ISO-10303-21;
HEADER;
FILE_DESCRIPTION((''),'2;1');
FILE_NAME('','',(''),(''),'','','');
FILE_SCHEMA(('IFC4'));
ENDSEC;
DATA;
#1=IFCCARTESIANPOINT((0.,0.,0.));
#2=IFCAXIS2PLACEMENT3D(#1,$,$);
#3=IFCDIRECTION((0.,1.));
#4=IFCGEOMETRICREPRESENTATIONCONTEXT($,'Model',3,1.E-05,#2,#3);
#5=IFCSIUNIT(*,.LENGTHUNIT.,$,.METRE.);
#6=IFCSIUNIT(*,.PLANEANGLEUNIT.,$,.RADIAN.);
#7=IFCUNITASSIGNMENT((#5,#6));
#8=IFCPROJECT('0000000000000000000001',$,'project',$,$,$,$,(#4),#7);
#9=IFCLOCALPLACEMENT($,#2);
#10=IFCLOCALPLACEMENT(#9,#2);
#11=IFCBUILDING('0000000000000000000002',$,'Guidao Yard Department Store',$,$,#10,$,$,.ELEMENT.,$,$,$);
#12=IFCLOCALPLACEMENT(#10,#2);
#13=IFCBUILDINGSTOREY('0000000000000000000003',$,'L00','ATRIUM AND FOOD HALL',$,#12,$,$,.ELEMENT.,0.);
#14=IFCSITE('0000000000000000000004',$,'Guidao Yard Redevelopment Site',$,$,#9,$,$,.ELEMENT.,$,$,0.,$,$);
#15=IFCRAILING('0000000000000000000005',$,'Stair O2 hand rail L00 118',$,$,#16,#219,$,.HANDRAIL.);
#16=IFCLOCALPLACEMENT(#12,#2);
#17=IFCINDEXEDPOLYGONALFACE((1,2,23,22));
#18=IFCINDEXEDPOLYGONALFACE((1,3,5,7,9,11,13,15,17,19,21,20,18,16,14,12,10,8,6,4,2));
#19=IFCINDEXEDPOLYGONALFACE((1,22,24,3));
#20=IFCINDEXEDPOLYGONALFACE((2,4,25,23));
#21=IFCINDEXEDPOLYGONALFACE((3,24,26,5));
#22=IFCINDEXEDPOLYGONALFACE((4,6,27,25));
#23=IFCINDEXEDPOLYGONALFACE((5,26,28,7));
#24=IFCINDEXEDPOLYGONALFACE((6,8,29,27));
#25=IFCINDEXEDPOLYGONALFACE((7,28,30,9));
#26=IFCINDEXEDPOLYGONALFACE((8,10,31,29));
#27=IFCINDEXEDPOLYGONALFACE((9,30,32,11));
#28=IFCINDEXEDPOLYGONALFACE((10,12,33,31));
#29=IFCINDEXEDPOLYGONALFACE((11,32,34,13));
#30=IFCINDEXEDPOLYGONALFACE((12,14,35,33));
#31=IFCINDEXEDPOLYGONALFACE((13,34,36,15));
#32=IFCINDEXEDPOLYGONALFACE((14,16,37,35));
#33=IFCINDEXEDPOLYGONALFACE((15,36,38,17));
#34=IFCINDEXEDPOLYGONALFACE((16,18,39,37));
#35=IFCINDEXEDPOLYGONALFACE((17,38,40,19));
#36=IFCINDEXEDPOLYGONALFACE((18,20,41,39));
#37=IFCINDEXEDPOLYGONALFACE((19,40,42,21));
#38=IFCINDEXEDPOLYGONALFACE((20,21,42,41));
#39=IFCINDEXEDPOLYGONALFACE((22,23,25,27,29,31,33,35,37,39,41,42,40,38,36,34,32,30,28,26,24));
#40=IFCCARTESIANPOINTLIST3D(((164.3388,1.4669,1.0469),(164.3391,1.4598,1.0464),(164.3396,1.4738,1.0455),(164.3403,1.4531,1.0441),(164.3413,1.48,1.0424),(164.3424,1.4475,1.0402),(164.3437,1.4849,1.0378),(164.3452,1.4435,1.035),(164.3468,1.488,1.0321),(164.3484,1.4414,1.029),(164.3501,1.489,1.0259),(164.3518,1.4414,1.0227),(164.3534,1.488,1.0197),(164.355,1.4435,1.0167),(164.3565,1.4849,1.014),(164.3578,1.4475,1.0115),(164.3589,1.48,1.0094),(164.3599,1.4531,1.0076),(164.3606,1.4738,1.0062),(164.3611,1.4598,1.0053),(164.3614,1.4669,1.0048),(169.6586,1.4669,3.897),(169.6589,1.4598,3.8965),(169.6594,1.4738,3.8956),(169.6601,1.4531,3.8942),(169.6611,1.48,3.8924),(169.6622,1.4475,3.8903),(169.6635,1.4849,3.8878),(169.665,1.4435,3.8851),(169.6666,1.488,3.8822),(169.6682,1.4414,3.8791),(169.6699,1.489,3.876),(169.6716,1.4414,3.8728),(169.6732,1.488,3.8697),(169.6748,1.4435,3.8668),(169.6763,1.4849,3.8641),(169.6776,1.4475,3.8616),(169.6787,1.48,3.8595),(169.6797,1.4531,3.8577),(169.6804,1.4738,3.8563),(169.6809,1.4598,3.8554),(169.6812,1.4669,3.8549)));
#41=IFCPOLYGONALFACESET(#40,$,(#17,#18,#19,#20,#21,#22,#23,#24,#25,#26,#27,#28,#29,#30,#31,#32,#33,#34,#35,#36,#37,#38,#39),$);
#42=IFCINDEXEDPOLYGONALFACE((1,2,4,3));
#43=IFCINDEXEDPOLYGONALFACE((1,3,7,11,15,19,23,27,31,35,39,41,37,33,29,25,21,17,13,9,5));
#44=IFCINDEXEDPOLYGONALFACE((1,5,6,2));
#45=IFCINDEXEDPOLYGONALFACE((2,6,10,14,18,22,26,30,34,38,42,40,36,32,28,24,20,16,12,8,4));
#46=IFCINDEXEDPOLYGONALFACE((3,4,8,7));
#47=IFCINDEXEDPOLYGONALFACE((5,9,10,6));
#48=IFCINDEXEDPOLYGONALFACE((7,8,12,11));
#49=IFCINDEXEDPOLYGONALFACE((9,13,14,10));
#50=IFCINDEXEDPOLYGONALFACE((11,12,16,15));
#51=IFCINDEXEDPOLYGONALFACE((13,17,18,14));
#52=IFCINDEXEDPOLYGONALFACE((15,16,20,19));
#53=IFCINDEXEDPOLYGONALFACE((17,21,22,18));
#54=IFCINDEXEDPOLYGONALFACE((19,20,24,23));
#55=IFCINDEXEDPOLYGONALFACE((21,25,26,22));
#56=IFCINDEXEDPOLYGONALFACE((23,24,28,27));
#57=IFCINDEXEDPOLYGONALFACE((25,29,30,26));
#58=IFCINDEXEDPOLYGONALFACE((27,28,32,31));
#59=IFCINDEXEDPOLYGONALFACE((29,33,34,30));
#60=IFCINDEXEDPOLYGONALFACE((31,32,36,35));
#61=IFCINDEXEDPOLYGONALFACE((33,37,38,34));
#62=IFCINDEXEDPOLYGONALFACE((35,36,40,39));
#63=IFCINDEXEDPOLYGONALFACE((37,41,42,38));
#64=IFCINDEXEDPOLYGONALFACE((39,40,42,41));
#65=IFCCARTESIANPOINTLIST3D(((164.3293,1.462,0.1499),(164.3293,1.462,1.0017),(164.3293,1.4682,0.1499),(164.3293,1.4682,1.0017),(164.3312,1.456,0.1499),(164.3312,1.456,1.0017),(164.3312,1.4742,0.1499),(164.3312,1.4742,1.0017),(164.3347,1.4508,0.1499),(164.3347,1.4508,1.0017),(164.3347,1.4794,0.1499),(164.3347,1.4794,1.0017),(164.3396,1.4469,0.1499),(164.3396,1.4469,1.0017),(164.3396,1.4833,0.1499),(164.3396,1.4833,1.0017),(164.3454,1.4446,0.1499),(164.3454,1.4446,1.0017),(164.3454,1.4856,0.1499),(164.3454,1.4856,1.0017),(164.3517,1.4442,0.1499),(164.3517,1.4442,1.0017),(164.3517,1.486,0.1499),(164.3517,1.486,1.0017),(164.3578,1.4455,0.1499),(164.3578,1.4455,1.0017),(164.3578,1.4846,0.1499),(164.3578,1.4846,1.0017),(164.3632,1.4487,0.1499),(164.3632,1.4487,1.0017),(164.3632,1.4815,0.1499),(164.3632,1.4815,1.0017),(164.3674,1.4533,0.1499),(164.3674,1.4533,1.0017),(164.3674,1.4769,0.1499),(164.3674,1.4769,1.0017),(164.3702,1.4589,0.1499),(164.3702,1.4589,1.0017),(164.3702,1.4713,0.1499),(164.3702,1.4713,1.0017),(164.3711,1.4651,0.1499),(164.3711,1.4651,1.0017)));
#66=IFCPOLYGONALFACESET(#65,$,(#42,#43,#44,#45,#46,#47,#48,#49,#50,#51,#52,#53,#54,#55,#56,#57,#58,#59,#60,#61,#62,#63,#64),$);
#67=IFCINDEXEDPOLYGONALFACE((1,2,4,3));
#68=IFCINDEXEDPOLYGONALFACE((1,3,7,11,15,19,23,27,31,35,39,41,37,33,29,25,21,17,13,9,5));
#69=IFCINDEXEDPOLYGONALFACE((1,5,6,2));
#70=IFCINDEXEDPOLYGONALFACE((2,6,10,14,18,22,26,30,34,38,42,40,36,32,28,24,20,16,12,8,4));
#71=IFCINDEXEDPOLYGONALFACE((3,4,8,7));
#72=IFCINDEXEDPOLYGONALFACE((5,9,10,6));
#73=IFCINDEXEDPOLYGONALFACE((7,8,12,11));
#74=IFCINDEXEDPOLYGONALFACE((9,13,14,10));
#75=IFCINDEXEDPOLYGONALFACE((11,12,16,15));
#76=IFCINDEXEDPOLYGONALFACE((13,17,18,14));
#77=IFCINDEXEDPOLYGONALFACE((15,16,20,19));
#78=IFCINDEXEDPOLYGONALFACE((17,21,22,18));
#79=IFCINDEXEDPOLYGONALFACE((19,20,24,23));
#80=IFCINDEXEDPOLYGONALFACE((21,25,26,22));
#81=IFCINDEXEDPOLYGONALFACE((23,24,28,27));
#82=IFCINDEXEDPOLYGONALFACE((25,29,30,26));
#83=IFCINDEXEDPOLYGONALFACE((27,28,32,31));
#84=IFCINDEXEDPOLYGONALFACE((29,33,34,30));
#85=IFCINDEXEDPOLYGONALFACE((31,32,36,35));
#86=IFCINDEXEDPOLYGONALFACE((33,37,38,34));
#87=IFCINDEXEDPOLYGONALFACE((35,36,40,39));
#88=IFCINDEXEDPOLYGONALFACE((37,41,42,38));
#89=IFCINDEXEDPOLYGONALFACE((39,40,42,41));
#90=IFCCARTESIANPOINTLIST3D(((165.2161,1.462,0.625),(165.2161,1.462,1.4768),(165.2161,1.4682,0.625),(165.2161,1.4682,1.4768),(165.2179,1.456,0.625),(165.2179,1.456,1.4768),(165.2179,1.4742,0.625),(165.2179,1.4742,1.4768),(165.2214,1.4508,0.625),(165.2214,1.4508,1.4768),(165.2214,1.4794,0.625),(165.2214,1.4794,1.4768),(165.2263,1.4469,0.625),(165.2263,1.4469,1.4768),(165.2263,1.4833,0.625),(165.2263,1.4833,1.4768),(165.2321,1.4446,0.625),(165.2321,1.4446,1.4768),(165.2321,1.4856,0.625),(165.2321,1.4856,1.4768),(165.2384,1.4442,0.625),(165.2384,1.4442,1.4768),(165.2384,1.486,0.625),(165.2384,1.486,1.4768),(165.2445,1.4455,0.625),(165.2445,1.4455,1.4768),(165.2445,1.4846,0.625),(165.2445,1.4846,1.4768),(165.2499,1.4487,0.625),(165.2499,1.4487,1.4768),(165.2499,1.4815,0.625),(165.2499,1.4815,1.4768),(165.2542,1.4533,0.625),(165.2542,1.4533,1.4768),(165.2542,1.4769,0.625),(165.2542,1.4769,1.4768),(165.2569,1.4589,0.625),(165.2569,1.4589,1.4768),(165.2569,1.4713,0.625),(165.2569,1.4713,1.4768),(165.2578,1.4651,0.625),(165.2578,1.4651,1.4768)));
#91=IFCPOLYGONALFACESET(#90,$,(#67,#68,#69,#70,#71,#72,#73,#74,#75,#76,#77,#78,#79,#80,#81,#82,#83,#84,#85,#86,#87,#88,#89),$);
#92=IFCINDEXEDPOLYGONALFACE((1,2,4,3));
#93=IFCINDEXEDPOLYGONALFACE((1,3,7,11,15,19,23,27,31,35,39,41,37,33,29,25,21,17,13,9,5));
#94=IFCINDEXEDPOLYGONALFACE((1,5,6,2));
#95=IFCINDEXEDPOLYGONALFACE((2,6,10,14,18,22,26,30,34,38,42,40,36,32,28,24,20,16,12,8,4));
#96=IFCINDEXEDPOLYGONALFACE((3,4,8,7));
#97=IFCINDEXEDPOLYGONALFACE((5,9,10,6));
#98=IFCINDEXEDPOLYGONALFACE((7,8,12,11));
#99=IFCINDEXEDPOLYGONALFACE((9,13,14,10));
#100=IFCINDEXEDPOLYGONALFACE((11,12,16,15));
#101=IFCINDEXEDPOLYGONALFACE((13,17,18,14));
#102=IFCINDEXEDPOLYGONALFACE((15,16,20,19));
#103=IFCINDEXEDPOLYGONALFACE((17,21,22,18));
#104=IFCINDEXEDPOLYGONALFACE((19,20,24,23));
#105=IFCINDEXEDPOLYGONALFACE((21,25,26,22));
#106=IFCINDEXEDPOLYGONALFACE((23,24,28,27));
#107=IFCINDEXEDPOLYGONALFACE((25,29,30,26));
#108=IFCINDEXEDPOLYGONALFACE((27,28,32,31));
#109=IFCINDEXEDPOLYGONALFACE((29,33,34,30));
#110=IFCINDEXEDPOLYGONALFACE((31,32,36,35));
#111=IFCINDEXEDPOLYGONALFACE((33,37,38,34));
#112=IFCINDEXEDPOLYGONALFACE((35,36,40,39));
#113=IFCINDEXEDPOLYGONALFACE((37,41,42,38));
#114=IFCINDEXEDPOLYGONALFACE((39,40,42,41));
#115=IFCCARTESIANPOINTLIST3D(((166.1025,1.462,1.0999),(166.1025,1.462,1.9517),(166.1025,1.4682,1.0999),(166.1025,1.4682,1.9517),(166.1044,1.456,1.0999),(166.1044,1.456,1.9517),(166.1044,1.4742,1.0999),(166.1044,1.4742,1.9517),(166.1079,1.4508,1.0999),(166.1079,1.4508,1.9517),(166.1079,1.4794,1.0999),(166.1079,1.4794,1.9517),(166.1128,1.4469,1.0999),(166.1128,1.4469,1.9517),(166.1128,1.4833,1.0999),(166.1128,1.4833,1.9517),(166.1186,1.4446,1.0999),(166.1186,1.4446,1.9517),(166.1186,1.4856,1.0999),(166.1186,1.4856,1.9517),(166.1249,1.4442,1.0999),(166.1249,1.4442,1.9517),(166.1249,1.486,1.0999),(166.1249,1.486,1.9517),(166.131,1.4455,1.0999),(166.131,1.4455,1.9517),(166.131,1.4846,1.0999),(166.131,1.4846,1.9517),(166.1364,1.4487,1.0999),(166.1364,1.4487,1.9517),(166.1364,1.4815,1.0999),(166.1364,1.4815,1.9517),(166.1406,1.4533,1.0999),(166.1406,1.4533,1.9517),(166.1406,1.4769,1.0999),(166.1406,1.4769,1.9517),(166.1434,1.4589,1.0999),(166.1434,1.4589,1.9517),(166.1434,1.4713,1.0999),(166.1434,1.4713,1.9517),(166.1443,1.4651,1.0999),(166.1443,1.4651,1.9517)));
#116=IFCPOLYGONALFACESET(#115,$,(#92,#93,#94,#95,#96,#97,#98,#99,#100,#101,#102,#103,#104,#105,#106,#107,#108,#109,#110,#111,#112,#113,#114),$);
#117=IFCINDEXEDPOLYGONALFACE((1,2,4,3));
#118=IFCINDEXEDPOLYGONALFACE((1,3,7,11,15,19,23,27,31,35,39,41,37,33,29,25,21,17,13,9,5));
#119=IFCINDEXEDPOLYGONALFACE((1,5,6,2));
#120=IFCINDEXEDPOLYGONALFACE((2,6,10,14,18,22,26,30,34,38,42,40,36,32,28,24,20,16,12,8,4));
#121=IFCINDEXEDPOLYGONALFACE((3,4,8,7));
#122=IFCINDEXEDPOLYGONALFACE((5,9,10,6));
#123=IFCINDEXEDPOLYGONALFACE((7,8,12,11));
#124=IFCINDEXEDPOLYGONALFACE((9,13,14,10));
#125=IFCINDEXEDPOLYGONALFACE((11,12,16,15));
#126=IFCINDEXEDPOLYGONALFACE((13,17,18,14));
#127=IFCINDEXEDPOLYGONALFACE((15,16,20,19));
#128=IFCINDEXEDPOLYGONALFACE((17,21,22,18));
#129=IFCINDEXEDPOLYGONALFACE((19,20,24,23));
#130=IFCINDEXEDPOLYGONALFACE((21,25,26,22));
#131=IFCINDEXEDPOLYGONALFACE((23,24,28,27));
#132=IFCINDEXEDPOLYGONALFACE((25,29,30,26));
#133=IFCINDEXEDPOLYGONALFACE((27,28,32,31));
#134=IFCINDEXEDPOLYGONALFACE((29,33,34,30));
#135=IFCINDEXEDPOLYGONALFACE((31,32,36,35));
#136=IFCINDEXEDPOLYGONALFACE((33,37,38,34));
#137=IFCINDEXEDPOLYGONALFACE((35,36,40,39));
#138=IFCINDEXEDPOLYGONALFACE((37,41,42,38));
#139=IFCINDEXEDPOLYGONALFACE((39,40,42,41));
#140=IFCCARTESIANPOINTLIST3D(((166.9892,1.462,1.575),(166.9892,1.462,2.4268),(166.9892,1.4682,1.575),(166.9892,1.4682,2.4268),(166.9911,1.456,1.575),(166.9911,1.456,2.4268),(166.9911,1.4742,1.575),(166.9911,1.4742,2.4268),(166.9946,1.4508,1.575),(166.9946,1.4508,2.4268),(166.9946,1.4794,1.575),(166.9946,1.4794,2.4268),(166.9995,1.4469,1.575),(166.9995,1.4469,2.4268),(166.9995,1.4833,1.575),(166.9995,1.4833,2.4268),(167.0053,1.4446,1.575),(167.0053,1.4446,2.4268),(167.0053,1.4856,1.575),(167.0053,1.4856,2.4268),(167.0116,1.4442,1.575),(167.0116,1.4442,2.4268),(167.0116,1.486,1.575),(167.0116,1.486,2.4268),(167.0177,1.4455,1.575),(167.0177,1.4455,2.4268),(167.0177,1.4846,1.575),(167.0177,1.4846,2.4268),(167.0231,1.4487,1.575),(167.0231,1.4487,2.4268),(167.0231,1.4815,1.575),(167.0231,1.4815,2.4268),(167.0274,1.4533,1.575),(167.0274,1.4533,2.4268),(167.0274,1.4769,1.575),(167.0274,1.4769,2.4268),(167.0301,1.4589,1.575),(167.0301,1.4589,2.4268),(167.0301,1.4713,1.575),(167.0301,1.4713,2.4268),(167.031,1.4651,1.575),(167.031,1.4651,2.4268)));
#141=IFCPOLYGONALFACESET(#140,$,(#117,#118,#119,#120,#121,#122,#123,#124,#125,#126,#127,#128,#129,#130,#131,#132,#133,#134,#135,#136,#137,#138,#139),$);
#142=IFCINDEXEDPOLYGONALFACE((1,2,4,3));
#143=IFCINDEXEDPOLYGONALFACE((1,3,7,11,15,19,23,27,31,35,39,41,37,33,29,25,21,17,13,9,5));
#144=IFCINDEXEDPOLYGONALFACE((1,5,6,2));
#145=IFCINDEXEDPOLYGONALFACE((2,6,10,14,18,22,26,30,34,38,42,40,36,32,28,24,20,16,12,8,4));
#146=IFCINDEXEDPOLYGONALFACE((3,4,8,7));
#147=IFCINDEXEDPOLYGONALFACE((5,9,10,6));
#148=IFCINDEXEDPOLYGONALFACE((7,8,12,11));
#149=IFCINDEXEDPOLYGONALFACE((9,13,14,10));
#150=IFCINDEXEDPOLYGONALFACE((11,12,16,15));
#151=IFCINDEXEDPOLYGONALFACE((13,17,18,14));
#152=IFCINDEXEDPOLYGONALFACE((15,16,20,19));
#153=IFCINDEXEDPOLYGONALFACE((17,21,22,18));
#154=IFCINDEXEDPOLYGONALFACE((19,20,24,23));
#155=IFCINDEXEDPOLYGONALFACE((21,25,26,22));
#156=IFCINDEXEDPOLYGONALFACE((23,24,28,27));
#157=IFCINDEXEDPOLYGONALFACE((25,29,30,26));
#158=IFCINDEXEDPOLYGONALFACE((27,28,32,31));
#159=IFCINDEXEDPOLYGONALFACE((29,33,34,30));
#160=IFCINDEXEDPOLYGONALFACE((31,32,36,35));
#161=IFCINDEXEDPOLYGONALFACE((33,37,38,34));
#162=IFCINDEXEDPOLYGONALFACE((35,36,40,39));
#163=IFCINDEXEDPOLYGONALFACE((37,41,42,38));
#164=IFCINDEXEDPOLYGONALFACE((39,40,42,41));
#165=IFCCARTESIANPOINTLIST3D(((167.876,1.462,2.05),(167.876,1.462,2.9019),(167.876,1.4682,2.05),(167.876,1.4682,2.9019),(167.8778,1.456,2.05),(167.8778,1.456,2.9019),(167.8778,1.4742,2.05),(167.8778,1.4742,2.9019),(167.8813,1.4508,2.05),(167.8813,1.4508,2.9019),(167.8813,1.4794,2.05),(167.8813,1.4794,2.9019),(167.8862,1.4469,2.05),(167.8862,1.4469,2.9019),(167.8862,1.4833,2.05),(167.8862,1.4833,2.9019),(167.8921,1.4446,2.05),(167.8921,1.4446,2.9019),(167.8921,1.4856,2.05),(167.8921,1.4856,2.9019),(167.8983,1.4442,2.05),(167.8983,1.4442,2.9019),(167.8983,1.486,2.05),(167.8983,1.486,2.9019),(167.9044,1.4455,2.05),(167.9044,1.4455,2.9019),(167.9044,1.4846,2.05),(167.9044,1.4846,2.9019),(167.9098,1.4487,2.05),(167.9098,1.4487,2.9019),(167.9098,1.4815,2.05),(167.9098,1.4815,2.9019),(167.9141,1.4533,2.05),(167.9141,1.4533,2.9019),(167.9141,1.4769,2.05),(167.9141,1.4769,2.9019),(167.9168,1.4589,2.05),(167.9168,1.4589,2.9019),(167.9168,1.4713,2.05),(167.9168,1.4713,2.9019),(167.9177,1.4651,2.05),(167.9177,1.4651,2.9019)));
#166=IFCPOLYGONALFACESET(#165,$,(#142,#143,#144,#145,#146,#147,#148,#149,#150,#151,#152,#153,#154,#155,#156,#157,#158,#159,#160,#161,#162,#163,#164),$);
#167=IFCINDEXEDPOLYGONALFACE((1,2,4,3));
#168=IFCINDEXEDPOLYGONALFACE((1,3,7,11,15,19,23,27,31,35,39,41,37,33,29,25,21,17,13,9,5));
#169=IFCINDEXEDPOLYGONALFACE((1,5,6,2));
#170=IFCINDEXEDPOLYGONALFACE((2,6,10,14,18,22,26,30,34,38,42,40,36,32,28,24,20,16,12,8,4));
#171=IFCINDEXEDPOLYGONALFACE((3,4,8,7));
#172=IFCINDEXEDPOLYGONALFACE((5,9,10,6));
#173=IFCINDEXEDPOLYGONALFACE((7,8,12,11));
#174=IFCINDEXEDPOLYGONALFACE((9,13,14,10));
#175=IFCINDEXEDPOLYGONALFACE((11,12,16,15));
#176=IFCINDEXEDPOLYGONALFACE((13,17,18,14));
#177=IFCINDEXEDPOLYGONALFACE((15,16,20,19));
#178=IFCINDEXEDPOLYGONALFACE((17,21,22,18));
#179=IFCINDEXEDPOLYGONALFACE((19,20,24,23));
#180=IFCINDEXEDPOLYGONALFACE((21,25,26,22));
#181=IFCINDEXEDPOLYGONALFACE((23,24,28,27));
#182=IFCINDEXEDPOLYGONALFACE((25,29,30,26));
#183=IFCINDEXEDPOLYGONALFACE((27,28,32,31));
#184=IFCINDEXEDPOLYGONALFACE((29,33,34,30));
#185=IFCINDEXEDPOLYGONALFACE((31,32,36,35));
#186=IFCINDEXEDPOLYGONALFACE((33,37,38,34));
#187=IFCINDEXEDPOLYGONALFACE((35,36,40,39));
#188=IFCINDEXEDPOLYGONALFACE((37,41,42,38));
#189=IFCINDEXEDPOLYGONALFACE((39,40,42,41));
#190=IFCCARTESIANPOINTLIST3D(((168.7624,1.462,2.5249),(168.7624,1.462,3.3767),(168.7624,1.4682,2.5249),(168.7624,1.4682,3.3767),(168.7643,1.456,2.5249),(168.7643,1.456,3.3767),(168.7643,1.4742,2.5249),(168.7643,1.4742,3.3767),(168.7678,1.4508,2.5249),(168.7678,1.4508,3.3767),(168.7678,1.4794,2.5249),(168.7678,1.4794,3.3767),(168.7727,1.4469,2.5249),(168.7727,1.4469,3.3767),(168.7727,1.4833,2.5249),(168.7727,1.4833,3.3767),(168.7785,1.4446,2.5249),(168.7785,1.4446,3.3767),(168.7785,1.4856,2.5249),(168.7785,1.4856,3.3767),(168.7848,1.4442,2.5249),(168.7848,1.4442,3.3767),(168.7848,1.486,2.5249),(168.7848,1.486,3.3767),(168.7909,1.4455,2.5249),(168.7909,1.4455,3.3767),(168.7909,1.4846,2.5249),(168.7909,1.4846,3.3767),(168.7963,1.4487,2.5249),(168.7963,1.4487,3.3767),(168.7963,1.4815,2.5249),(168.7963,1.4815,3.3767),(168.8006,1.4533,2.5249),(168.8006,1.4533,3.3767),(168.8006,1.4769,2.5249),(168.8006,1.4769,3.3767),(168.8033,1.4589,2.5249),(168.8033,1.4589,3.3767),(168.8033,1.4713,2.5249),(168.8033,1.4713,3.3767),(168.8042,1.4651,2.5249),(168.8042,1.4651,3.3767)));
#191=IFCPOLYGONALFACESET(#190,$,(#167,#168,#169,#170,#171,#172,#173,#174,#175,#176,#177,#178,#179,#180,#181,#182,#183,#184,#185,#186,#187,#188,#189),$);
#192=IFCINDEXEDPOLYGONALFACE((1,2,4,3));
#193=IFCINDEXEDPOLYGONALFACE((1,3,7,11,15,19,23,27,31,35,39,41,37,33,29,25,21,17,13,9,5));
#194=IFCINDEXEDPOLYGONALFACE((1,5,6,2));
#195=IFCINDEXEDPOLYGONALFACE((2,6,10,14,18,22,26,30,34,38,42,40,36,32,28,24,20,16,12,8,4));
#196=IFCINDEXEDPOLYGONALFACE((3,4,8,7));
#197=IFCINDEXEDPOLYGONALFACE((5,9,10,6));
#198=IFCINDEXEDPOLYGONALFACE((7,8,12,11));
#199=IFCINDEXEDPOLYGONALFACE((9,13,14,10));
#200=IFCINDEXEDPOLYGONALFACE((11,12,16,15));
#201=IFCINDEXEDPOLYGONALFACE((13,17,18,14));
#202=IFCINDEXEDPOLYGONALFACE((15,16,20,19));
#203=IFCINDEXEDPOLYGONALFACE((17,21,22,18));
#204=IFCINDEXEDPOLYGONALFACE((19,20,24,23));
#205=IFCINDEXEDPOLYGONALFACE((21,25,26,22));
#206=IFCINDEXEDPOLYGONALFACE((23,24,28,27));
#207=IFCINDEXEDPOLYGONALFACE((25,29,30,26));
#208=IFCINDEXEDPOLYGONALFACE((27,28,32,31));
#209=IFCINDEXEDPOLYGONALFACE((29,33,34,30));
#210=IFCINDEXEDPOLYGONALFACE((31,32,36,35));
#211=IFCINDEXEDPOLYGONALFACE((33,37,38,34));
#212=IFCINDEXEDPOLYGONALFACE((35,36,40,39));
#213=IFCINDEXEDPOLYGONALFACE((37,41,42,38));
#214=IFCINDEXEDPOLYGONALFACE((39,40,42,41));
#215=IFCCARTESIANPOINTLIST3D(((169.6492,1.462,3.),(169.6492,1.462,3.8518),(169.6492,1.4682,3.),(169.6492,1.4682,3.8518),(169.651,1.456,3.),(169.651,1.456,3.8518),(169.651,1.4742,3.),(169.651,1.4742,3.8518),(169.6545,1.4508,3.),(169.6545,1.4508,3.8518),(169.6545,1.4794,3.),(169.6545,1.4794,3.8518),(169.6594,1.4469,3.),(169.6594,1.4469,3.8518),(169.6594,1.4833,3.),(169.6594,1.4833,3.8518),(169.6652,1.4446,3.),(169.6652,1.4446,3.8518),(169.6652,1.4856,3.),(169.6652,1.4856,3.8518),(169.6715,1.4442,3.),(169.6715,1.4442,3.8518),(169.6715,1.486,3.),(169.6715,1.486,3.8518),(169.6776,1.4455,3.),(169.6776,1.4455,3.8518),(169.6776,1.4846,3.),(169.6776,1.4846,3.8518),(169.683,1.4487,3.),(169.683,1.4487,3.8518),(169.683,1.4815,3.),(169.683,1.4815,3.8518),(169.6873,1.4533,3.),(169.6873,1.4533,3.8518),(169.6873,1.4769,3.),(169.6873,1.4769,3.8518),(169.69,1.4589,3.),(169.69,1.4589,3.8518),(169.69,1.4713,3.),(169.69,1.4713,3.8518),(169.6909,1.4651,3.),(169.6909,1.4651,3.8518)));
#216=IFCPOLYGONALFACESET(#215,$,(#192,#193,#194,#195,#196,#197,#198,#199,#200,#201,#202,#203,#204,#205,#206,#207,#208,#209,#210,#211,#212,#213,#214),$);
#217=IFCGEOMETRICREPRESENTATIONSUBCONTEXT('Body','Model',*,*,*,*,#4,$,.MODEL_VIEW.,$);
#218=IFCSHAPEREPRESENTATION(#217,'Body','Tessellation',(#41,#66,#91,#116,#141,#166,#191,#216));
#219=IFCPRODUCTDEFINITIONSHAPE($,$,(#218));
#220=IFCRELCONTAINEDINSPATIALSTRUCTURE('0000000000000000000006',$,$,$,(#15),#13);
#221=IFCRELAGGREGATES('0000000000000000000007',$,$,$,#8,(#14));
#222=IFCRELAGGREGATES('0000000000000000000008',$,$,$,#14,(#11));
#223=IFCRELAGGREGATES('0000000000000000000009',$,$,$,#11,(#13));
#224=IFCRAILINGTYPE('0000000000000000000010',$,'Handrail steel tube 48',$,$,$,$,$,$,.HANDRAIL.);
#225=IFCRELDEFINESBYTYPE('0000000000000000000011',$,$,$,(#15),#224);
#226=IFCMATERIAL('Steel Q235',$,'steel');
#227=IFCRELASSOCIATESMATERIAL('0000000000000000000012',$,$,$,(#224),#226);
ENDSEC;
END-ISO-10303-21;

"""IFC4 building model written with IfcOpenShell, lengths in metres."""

from ifc_helpers import new_model, si_unit, direction, frame, origin, origin_2d, place, context, subcontext, project, spatial, circle, extrude, material, type_object, element, save


model = new_model("IFC4")

# Units and contexts
model_context = context("Model", 3, precision=1e-05, world=origin(), true_north=direction((0.0, 1.0)))
body_context = subcontext(model_context, "Body", "Model", "MODEL_VIEW")
ifc_project = project(units=[si_unit("LENGTHUNIT", "METRE"), si_unit("PLANEANGLEUNIT", "RADIAN")], contexts=[model_context])

# Site, building, storey
site_placement = place(None, origin())
site = spatial("IfcSite", under=ifc_project, at=site_placement, Name="Guidao Yard Redevelopment Site", CompositionType="ELEMENT", RefElevation=0.0)
building_placement = place(site_placement, origin())
building = spatial("IfcBuilding", under=site, at=building_placement, Name="Guidao Yard Department Store", CompositionType="ELEMENT")
storey_placement = place(building_placement, origin())
storey = spatial("IfcBuildingStorey", under=building, at=storey_placement, Name="L00", Description="ATRIUM AND FOOD HALL", CompositionType="ELEMENT", Elevation=0.0)

# Railing
ifc_material_1 = material(Name="Steel Q235", Category="steel")
railing_type_1 = type_object("IfcRailingType", Name="Handrail steel tube 48", PredefinedType="HANDRAIL", material=ifc_material_1)
for number, where, name in (
    (1, (164.3501, 1.4651, 0.1499), "Stair O2 hand rail L00 118"),
):
    element("IfcRailing", number, at=place(storey_placement, frame(where)), inside=storey, type_object=railing_type_1, Name=name, PredefinedType="HANDRAIL", context=body_context, shape_type="SweptSolid", body=[
        extrude(circle(Radius=0.0239, at=origin_2d()), frame((0.0, 0.0, 0.876), z_axis=(0.881467, 0.0, 0.472246), x_axis=(0.0, 1.0, 0.0)), (0.0, 0.0, 1.0), 6.0352),
        extrude(circle(Radius=0.021, at=origin_2d()), origin(), (0.0, 0.0, 1.0), 0.8518),
        extrude(circle(Radius=0.021, at=origin_2d()), frame((0.8867, 0.0, 0.4751)), (0.0, 0.0, 1.0), 0.8518),
        extrude(circle(Radius=0.021, at=origin_2d()), frame((1.7732, 0.0, 0.95)), (0.0, 0.0, 1.0), 0.8518),
        extrude(circle(Radius=0.021, at=origin_2d()), frame((2.6599, 0.0, 1.425)), (0.0, 0.0, 1.0), 0.8518),
        extrude(circle(Radius=0.021, at=origin_2d()), frame((3.5466, 0.0, 1.9001)), (0.0, 0.0, 1.0), 0.8518),
        extrude(circle(Radius=0.021, at=origin_2d()), frame((4.4331, 0.0, 2.375)), (0.0, 0.0, 1.0), 0.8518),
        extrude(circle(Radius=0.021, at=origin_2d()), frame((5.3198, 0.0, 2.8501)), (0.0, 0.0, 1.0), 0.8518),
    ])

save(model, "model.ifc")
